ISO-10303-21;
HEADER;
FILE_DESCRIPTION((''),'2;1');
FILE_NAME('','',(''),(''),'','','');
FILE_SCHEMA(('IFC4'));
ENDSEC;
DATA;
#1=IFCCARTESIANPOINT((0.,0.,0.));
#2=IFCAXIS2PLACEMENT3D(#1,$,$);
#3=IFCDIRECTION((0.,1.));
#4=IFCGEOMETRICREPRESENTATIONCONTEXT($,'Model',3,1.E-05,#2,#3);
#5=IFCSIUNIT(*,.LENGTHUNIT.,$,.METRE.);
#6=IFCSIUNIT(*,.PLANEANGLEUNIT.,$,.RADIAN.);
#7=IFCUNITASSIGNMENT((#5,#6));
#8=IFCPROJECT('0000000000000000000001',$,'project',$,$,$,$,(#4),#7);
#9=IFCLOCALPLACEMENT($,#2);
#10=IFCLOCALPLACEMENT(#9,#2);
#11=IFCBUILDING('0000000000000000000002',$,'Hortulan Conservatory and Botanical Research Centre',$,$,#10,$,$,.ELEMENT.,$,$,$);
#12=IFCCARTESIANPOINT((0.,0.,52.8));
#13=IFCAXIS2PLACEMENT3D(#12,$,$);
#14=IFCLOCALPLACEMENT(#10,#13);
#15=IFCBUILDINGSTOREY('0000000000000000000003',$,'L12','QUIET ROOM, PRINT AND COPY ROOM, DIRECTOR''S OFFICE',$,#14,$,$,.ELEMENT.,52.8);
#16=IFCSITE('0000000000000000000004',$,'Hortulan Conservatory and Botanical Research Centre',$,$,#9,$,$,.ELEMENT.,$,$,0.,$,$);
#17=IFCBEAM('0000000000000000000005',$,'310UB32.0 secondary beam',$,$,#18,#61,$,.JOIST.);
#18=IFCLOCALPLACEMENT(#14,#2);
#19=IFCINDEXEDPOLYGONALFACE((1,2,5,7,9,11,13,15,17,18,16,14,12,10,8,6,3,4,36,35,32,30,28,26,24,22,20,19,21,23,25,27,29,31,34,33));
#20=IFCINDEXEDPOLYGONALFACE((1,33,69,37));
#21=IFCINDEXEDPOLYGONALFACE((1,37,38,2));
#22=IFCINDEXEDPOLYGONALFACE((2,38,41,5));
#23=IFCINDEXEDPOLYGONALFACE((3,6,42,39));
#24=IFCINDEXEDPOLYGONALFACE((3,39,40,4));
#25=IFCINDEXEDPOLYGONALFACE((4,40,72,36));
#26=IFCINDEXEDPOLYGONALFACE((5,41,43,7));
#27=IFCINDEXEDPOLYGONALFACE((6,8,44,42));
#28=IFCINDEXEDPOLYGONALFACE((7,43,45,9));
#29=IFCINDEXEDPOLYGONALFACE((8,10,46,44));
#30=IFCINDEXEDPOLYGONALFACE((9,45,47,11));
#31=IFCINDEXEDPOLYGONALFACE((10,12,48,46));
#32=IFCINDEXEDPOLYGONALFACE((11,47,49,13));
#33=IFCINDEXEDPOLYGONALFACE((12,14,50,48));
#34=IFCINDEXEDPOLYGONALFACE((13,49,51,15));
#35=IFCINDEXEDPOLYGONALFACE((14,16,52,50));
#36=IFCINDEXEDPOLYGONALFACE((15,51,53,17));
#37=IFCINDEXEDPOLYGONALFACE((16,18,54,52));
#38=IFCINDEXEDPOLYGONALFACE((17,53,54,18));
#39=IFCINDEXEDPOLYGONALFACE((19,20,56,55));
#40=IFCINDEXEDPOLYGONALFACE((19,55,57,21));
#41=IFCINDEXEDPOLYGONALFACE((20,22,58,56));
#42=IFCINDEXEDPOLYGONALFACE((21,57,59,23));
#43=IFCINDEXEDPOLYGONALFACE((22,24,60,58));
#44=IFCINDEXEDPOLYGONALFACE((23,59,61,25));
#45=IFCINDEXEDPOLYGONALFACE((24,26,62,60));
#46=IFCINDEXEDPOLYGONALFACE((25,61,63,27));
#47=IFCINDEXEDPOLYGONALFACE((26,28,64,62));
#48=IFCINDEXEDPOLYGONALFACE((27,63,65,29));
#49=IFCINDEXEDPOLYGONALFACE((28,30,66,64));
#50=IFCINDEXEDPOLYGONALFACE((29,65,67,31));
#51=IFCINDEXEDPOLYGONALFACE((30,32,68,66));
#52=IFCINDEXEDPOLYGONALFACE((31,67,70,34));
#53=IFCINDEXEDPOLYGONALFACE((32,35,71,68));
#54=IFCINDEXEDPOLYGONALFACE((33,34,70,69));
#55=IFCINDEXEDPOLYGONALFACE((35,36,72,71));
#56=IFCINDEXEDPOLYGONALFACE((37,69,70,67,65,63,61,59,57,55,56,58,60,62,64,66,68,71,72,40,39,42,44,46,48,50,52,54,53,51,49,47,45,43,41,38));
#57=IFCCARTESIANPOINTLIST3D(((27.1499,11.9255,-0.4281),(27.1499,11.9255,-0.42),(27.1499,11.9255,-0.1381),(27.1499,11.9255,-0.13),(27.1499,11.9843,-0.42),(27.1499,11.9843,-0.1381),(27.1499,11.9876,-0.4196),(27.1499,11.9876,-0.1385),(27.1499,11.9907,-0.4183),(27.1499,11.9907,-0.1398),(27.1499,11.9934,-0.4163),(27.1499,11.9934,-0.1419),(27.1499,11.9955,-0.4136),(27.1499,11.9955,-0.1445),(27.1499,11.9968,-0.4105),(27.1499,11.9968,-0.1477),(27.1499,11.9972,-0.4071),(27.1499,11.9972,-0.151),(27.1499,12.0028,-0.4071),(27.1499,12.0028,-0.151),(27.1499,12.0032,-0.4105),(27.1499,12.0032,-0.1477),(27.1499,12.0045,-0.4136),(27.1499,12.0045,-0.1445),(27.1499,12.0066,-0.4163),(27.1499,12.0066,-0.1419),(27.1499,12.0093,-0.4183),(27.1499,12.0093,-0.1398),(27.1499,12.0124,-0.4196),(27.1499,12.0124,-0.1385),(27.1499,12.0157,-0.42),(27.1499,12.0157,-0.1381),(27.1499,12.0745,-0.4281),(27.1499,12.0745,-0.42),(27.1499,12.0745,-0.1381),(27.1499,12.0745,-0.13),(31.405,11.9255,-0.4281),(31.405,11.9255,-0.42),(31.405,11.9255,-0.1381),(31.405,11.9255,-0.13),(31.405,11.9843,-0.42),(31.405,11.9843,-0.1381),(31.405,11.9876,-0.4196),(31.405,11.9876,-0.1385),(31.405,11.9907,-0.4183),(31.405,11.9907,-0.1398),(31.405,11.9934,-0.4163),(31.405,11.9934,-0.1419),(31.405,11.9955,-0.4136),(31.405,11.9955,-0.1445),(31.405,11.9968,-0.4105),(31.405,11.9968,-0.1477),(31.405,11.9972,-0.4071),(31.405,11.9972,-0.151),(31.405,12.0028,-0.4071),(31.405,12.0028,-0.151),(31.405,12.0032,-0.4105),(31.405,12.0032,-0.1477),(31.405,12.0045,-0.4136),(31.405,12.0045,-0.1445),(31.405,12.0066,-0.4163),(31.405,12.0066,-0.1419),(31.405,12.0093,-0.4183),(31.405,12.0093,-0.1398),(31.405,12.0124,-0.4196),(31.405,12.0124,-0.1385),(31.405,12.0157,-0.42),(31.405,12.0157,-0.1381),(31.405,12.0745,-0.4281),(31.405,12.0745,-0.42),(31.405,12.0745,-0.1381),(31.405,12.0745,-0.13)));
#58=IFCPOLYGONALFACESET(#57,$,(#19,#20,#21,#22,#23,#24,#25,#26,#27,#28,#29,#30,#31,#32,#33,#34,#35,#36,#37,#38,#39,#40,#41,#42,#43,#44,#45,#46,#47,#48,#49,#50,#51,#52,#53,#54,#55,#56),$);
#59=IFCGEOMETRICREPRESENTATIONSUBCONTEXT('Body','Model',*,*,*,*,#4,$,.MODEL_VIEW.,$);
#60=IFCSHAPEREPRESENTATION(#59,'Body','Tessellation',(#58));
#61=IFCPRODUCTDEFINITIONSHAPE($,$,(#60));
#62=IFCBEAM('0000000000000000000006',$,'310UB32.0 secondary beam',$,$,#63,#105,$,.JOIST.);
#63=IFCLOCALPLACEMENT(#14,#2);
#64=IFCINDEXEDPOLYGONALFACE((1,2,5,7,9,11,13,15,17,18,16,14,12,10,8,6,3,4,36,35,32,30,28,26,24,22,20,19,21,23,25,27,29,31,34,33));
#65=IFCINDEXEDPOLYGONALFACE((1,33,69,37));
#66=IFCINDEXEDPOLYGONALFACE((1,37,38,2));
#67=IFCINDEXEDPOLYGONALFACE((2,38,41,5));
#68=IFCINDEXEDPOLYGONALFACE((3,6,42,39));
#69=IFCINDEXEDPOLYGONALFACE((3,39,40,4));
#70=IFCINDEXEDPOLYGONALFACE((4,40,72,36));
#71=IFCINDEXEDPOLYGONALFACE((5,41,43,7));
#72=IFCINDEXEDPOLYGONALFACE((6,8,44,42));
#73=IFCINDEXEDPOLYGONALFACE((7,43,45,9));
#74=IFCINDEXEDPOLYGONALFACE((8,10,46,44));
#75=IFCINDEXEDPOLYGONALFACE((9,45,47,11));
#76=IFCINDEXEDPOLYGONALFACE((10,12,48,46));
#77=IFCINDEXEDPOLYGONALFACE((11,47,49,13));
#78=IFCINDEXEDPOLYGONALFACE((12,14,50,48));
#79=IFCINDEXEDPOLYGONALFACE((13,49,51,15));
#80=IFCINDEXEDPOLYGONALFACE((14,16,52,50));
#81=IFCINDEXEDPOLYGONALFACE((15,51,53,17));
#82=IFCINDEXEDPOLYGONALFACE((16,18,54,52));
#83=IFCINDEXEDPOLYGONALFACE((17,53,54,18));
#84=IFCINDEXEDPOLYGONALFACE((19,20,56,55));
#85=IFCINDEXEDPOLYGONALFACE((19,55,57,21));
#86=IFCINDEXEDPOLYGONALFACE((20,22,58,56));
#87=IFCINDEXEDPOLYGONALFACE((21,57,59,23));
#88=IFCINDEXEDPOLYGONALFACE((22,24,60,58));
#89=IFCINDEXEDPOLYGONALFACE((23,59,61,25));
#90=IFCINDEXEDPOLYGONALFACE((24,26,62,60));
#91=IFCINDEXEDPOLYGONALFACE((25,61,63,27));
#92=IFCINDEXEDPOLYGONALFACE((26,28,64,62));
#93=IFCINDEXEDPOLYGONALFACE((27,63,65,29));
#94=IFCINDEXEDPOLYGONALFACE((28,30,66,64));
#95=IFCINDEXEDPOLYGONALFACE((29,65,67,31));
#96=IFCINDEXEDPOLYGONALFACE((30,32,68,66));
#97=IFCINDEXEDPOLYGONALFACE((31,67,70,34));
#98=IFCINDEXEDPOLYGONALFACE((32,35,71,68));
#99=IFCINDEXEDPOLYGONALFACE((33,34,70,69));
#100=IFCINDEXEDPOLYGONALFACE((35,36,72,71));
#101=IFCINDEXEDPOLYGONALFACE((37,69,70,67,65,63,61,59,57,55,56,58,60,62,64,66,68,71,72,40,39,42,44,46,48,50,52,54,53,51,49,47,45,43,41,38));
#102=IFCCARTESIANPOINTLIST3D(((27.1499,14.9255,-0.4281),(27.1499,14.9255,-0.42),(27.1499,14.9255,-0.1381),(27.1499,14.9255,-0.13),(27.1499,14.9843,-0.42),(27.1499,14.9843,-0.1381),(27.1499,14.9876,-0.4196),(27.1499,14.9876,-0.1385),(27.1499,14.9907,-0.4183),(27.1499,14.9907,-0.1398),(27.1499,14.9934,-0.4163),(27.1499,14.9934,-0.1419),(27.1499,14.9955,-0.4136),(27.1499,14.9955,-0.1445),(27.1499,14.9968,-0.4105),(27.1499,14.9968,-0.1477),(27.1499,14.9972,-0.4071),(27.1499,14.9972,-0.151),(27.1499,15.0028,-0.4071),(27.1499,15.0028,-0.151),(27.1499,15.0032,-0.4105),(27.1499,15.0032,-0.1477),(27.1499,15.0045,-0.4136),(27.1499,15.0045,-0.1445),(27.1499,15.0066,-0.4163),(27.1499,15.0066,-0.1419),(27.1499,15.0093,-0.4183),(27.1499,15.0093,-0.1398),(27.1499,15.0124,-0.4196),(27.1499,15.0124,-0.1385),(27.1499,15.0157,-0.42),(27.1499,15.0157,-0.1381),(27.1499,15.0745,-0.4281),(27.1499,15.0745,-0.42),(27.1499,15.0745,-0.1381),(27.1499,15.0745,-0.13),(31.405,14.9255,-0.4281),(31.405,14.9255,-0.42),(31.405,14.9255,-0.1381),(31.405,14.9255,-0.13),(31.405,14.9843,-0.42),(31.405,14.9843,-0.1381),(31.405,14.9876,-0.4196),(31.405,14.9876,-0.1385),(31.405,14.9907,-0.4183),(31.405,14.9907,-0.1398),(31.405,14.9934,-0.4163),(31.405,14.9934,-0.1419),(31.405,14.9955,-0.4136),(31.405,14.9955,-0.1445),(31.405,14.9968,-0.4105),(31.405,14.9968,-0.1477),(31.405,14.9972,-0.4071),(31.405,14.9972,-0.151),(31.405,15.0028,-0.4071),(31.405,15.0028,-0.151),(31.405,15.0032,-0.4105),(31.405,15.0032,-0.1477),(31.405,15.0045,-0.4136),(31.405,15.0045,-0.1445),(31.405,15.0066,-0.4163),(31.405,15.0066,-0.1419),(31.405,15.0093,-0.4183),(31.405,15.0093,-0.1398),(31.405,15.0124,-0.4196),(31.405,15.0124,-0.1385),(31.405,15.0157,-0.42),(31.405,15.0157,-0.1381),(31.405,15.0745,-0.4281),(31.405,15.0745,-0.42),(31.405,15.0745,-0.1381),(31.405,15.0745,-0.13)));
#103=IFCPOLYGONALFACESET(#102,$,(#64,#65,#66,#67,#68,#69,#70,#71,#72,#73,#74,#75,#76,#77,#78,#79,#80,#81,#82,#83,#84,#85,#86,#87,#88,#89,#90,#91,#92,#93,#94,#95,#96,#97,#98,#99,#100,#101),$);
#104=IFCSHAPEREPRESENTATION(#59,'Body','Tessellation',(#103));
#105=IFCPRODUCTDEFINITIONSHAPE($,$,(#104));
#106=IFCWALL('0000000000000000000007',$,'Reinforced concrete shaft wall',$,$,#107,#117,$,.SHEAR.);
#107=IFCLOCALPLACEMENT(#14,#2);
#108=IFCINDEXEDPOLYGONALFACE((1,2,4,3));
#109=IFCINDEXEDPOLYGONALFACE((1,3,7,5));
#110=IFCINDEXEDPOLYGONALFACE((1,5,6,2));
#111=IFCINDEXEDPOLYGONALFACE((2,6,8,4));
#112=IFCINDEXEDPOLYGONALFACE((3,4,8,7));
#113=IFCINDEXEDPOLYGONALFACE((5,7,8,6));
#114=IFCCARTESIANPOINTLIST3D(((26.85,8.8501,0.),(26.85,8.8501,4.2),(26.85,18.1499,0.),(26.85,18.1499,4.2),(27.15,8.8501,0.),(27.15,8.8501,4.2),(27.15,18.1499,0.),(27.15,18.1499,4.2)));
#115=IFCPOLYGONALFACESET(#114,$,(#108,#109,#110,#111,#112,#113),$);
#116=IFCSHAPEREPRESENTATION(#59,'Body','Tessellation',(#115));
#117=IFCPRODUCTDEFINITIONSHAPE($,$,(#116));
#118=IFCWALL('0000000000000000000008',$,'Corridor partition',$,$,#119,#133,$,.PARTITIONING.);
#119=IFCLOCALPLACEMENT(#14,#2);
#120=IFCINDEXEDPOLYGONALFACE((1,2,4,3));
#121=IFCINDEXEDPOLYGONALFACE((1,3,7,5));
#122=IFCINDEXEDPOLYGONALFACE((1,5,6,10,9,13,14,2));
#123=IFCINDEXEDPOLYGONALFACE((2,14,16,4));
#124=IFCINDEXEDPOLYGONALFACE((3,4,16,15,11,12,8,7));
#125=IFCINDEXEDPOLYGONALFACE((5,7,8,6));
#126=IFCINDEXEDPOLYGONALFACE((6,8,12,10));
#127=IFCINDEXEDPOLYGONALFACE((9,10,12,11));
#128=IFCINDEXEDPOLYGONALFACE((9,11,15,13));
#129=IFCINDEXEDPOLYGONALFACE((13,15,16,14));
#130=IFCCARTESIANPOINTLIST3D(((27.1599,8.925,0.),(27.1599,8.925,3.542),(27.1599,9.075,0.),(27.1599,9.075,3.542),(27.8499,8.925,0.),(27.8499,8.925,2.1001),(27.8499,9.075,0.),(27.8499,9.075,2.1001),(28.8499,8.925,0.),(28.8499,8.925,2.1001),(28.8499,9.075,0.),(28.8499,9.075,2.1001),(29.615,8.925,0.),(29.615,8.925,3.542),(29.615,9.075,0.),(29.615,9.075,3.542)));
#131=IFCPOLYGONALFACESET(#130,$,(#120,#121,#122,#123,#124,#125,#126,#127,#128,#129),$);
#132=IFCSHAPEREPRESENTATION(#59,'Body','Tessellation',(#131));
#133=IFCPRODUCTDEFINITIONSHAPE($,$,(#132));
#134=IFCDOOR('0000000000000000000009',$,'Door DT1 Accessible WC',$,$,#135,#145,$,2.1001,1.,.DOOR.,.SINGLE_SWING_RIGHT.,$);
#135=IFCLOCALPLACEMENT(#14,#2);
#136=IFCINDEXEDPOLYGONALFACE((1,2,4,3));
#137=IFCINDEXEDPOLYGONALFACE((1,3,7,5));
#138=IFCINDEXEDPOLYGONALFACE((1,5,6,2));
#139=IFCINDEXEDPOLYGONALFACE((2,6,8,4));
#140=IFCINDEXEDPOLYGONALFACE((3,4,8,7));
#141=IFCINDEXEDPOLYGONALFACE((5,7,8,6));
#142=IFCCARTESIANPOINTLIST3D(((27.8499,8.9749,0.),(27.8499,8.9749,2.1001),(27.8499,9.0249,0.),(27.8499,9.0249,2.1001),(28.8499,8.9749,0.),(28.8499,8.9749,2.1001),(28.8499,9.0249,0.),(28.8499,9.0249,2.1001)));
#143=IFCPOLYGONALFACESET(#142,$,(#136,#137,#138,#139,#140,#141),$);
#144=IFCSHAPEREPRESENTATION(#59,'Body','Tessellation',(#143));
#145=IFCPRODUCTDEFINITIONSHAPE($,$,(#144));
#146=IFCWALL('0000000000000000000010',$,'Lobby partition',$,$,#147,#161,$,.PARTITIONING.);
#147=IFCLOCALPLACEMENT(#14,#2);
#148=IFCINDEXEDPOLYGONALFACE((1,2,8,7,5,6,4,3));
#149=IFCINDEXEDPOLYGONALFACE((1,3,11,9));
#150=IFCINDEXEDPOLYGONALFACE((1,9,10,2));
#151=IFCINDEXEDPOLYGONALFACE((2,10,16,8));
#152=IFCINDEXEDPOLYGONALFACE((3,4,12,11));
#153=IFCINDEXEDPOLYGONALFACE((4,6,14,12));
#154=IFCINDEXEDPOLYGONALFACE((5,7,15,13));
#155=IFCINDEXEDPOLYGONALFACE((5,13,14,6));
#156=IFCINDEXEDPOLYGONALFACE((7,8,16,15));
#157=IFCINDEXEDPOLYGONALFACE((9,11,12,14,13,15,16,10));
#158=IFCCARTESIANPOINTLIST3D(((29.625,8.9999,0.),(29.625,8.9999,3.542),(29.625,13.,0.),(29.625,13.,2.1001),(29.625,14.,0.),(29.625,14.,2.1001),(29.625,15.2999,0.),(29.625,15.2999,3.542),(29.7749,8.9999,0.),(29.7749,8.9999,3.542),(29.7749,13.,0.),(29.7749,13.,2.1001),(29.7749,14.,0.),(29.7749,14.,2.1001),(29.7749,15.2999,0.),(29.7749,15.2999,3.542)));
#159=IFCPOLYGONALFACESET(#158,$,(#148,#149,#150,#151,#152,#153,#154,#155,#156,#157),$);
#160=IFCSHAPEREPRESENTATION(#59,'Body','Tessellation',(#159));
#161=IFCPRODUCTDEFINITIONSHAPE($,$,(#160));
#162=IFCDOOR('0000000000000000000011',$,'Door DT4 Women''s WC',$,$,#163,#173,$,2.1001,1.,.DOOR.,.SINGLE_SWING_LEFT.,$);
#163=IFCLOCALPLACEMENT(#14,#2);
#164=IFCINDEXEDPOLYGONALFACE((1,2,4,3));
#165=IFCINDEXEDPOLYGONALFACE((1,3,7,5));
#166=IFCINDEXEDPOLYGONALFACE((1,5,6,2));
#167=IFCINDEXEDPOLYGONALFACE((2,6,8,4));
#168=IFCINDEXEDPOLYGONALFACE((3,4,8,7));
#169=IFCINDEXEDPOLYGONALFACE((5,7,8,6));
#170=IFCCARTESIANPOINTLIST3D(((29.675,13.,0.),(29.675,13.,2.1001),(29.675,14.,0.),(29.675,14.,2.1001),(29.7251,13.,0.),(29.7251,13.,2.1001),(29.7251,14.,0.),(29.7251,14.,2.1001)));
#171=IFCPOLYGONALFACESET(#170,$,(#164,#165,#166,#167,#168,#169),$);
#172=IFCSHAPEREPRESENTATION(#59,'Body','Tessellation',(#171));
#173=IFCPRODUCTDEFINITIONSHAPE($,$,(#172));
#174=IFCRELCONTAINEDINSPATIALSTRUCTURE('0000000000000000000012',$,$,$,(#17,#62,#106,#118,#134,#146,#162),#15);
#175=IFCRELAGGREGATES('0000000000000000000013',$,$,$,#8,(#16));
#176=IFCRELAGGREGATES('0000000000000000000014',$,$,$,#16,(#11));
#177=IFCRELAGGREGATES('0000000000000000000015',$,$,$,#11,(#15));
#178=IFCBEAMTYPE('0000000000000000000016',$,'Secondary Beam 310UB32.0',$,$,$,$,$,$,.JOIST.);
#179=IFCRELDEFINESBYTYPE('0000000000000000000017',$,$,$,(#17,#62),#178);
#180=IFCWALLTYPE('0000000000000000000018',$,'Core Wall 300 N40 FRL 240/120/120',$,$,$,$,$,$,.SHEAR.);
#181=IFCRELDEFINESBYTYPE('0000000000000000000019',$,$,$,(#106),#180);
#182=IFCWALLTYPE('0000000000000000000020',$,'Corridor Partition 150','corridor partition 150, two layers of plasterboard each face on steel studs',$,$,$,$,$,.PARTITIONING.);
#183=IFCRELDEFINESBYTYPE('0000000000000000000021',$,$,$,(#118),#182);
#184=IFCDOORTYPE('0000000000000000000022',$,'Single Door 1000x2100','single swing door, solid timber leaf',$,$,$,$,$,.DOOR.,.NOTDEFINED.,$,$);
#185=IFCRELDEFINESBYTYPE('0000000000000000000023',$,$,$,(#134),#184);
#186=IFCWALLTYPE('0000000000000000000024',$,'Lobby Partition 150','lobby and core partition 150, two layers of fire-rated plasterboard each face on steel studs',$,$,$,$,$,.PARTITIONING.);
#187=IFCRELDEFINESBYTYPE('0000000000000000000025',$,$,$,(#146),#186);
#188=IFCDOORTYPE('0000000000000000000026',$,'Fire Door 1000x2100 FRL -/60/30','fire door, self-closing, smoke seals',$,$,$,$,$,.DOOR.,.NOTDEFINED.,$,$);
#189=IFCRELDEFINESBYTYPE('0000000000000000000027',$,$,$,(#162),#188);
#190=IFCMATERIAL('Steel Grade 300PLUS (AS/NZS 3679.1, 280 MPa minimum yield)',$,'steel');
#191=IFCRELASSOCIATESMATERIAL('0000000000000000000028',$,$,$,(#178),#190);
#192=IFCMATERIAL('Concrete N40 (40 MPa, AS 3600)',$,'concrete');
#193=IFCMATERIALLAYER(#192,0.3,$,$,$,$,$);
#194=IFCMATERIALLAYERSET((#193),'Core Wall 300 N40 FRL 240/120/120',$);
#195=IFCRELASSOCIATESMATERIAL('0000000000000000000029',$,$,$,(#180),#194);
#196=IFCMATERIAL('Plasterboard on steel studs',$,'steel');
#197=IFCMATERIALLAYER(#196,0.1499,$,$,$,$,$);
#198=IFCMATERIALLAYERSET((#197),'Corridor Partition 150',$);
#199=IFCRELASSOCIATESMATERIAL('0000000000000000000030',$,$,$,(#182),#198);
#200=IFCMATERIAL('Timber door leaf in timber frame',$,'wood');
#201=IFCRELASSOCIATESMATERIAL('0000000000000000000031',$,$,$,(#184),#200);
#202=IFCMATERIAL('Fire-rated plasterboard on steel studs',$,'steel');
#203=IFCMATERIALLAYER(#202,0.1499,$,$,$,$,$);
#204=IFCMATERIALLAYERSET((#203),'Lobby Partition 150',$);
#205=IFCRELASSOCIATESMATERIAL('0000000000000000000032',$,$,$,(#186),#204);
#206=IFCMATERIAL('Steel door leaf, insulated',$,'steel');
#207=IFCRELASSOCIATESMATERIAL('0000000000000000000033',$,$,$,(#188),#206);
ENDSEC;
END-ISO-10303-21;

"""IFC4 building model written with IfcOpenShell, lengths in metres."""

from ifc_helpers import new_model, si_unit, direction, frame, frame_2d, origin, origin_2d, place, context, subcontext, project, spatial, rectangle, i_section, extrude, material, layer, layer_set, material_profile, profile_set, type_object, element, fill, save


model = new_model("IFC4")

# Units and contexts
model_context = context("Model", 3, precision=1e-05, world=origin(), true_north=direction((0.0, 1.0)))
body_context = subcontext(model_context, "Body", "Model", "MODEL_VIEW")
ifc_project = project(units=[si_unit("LENGTHUNIT", "METRE"), si_unit("PLANEANGLEUNIT", "RADIAN")], contexts=[model_context])

# Site, building, storey
site_placement = place(None, origin())
site = spatial("IfcSite", under=ifc_project, at=site_placement, Name="Hortulan Conservatory and Botanical Research Centre", CompositionType="ELEMENT", RefElevation=0.0)
building_placement = place(site_placement, origin())
building = spatial("IfcBuilding", under=site, at=building_placement, Name="Hortulan Conservatory and Botanical Research Centre", CompositionType="ELEMENT")
storey_placement = place(building_placement, frame((0.0, 0.0, 52.8)))
storey = spatial("IfcBuildingStorey", under=building, at=storey_placement, Name="L12", Description="QUIET ROOM, PRINT AND COPY ROOM, DIRECTOR'S OFFICE", CompositionType="ELEMENT", Elevation=52.8)

# Shared definitions
ifc_material_1 = material(Name="Steel Grade 300PLUS (AS/NZS 3679.1, 280 MPa minimum yield)", Category="steel")

# Beams
ifc_material_profile_1 = material_profile(ifc_material_1, i_section(OverallWidth=0.1489, OverallDepth=0.2981, WebThickness=0.0056, FlangeThickness=0.0081, FilletRadius=0.0129, at=origin_2d()), Name="310UB32.0")
ifc_profile_set_1 = profile_set([ifc_material_profile_1], Name="Steel Grade 300PLUS (AS/NZS 3679.1, 280 MPa minimum yield)")
beam_type_1 = type_object("IfcBeamType", Name="Secondary Beam 310UB32.0", PredefinedType="JOIST", material=ifc_profile_set_1)
for number, where, z_axis, x_axis, name in (
    (1, (27.1499, 12.0, -0.2791), (1.0, 0.0, 0.0), (0.0, 1.0, 0.0), "310UB32.0 secondary beam"),
    (2, (27.1499, 15.0, -0.2791), (1.0, 0.0, 0.0), (0.0, 1.0, 0.0), "310UB32.0 secondary beam"),
):
    element("IfcBeam", number, at=place(storey_placement, frame(where, z_axis=z_axis, x_axis=x_axis)), inside=storey, type_object=beam_type_1, Name=name, PredefinedType="JOIST", context=body_context, shape_type="SweptSolid", body=[
        extrude(i_section(OverallWidth=0.1489, OverallDepth=0.2981, WebThickness=0.0056, FlangeThickness=0.0081, FilletRadius=0.0129, at=origin_2d()), origin(), (0.0, 0.0, 1.0), 4.2551),
    ])

# Wall
ifc_material_2 = material(Name="Concrete N40 (40 MPa, AS 3600)", Category="concrete")
ifc_layer_1 = layer(ifc_material_2, 0.3)
ifc_layer_set_1 = layer_set([ifc_layer_1], Name="Core Wall 300 N40 FRL 240/120/120")
wall_type_1 = type_object("IfcWallType", Name="Core Wall 300 N40 FRL 240/120/120", PredefinedType="SHEAR", material=ifc_layer_set_1)
wall_1_placement = place(storey_placement, frame((27.0, 8.8501, 0.0), z_axis=(0.0, 0.0, 1.0), x_axis=(0.0, 1.0, 0.0)))
element("IfcWall", 3, at=wall_1_placement, inside=storey, type_object=wall_type_1, Name="Reinforced concrete shaft wall", PredefinedType="SHEAR", context=body_context, shape_type="SweptSolid", body=[
    extrude(rectangle(XDim=9.2998, YDim=0.3, at=frame_2d((4.6499, 0.0))), origin(), (0.0, 0.0, 1.0), 4.2),
])

# Walls, openings, doors
ifc_material_3 = material(Name="Plasterboard on steel studs", Category="steel")
ifc_layer_2 = layer(ifc_material_3, 0.1499)
ifc_layer_set_2 = layer_set([ifc_layer_2], Name="Corridor Partition 150")
wall_type_2 = type_object("IfcWallType", Name="Corridor Partition 150", Description="corridor partition 150, two layers of plasterboard each face on steel studs", PredefinedType="PARTITIONING", material=ifc_layer_set_2)
wall_2_placement = place(storey_placement, frame((27.1599, 9.0, 0.0), z_axis=(0.0, 0.0, 1.0), x_axis=(1.0, 0.0, 0.0)))
wall_2 = element("IfcWall", 4, at=wall_2_placement, inside=storey, type_object=wall_type_2, Name="Corridor partition", PredefinedType="PARTITIONING", context=body_context, shape_type="SweptSolid", body=[
    extrude(rectangle(XDim=2.4551, YDim=0.1499, at=frame_2d((1.2275, 0.0))), origin(), (0.0, 0.0, 1.0), 3.542),
])
opening_1_placement = place(wall_2_placement, frame((0.6899, 0.0, 0.0)))
opening_1 = element("IfcOpeningElement", 5, at=opening_1_placement, cuts=wall_2, PredefinedType="OPENING", context=body_context, shape_type="SweptSolid", body=[
    extrude(rectangle(XDim=1.0, YDim=2.1001, at=frame_2d((0.5, 1.05))), frame((0.0, 0.085, 0.0), z_axis=(0.0, -1.0, 0.0), x_axis=(1.0, 0.0, 0.0)), (0.0, 0.0, 1.0), 0.1699),
])
ifc_material_4 = material(Name="Timber door leaf in timber frame", Category="wood")
door_type_1 = type_object("IfcDoorType", Name="Single Door 1000x2100", Description="single swing door, solid timber leaf", OperationType="NOTDEFINED", PredefinedType="DOOR", material=ifc_material_4)
door_1_placement = place(opening_1_placement, origin())
door_1 = element("IfcDoor", 6, at=door_1_placement, inside=storey, type_object=door_type_1, Name="Door DT1 Accessible WC", OperationType="SINGLE_SWING_RIGHT", OverallHeight=2.1001, OverallWidth=1.0, PredefinedType="DOOR", context=body_context, shape_type="SweptSolid", body=[
    extrude(rectangle(XDim=1.0, YDim=2.1001, at=frame_2d((0.5, 1.05))), frame((0.0, 0.0249, 0.0), z_axis=(0.0, -1.0, 0.0), x_axis=(1.0, 0.0, 0.0)), (0.0, 0.0, 1.0), 0.05),
])
fill(opening_1, door_1)
ifc_material_5 = material(Name="Fire-rated plasterboard on steel studs", Category="steel")
ifc_layer_3 = layer(ifc_material_5, 0.1499)
ifc_layer_set_3 = layer_set([ifc_layer_3], Name="Lobby Partition 150")
wall_type_3 = type_object("IfcWallType", Name="Lobby Partition 150", Description="lobby and core partition 150, two layers of fire-rated plasterboard each face on steel studs", PredefinedType="PARTITIONING", material=ifc_layer_set_3)
wall_3_placement = place(storey_placement, frame((29.7, 9.0, 0.0), z_axis=(0.0, 0.0, 1.0), x_axis=(0.0, 1.0, 0.0)))
wall_3 = element("IfcWall", 7, at=wall_3_placement, inside=storey, type_object=wall_type_3, Name="Lobby partition", PredefinedType="PARTITIONING", context=body_context, shape_type="SweptSolid", body=[
    extrude(rectangle(XDim=6.3, YDim=0.1499, at=frame_2d((3.1499, 0.0))), origin(), (0.0, 0.0, 1.0), 3.542),
])
opening_2_placement = place(wall_3_placement, frame((4.0, 0.0, 0.0)))
opening_2 = element("IfcOpeningElement", 8, at=opening_2_placement, cuts=wall_3, PredefinedType="OPENING", context=body_context, shape_type="SweptSolid", body=[
    extrude(rectangle(XDim=1.0, YDim=2.1001, at=frame_2d((0.5, 1.05))), frame((0.0, 0.085, 0.0), z_axis=(0.0, -1.0, 0.0), x_axis=(1.0, 0.0, 0.0)), (0.0, 0.0, 1.0), 0.1699),
])
ifc_material_6 = material(Name="Steel door leaf, insulated", Category="steel")
door_type_2 = type_object("IfcDoorType", Name="Fire Door 1000x2100 FRL -/60/30", Description="fire door, self-closing, smoke seals", OperationType="NOTDEFINED", PredefinedType="DOOR", material=ifc_material_6)
door_2_placement = place(opening_2_placement, origin())
door_2 = element("IfcDoor", 9, at=door_2_placement, inside=storey, type_object=door_type_2, Name="Door DT4 Women's WC", OperationType="SINGLE_SWING_LEFT", OverallHeight=2.1001, OverallWidth=1.0, PredefinedType="DOOR", context=body_context, shape_type="SweptSolid", body=[
    extrude(rectangle(XDim=1.0, YDim=2.1001, at=frame_2d((0.5, 1.05))), frame((0.0, 0.0249, 0.0), z_axis=(0.0, -1.0, 0.0), x_axis=(1.0, 0.0, 0.0)), (0.0, 0.0, 1.0), 0.05),
])
fill(opening_2, door_2)

save(model, "model.ifc")
